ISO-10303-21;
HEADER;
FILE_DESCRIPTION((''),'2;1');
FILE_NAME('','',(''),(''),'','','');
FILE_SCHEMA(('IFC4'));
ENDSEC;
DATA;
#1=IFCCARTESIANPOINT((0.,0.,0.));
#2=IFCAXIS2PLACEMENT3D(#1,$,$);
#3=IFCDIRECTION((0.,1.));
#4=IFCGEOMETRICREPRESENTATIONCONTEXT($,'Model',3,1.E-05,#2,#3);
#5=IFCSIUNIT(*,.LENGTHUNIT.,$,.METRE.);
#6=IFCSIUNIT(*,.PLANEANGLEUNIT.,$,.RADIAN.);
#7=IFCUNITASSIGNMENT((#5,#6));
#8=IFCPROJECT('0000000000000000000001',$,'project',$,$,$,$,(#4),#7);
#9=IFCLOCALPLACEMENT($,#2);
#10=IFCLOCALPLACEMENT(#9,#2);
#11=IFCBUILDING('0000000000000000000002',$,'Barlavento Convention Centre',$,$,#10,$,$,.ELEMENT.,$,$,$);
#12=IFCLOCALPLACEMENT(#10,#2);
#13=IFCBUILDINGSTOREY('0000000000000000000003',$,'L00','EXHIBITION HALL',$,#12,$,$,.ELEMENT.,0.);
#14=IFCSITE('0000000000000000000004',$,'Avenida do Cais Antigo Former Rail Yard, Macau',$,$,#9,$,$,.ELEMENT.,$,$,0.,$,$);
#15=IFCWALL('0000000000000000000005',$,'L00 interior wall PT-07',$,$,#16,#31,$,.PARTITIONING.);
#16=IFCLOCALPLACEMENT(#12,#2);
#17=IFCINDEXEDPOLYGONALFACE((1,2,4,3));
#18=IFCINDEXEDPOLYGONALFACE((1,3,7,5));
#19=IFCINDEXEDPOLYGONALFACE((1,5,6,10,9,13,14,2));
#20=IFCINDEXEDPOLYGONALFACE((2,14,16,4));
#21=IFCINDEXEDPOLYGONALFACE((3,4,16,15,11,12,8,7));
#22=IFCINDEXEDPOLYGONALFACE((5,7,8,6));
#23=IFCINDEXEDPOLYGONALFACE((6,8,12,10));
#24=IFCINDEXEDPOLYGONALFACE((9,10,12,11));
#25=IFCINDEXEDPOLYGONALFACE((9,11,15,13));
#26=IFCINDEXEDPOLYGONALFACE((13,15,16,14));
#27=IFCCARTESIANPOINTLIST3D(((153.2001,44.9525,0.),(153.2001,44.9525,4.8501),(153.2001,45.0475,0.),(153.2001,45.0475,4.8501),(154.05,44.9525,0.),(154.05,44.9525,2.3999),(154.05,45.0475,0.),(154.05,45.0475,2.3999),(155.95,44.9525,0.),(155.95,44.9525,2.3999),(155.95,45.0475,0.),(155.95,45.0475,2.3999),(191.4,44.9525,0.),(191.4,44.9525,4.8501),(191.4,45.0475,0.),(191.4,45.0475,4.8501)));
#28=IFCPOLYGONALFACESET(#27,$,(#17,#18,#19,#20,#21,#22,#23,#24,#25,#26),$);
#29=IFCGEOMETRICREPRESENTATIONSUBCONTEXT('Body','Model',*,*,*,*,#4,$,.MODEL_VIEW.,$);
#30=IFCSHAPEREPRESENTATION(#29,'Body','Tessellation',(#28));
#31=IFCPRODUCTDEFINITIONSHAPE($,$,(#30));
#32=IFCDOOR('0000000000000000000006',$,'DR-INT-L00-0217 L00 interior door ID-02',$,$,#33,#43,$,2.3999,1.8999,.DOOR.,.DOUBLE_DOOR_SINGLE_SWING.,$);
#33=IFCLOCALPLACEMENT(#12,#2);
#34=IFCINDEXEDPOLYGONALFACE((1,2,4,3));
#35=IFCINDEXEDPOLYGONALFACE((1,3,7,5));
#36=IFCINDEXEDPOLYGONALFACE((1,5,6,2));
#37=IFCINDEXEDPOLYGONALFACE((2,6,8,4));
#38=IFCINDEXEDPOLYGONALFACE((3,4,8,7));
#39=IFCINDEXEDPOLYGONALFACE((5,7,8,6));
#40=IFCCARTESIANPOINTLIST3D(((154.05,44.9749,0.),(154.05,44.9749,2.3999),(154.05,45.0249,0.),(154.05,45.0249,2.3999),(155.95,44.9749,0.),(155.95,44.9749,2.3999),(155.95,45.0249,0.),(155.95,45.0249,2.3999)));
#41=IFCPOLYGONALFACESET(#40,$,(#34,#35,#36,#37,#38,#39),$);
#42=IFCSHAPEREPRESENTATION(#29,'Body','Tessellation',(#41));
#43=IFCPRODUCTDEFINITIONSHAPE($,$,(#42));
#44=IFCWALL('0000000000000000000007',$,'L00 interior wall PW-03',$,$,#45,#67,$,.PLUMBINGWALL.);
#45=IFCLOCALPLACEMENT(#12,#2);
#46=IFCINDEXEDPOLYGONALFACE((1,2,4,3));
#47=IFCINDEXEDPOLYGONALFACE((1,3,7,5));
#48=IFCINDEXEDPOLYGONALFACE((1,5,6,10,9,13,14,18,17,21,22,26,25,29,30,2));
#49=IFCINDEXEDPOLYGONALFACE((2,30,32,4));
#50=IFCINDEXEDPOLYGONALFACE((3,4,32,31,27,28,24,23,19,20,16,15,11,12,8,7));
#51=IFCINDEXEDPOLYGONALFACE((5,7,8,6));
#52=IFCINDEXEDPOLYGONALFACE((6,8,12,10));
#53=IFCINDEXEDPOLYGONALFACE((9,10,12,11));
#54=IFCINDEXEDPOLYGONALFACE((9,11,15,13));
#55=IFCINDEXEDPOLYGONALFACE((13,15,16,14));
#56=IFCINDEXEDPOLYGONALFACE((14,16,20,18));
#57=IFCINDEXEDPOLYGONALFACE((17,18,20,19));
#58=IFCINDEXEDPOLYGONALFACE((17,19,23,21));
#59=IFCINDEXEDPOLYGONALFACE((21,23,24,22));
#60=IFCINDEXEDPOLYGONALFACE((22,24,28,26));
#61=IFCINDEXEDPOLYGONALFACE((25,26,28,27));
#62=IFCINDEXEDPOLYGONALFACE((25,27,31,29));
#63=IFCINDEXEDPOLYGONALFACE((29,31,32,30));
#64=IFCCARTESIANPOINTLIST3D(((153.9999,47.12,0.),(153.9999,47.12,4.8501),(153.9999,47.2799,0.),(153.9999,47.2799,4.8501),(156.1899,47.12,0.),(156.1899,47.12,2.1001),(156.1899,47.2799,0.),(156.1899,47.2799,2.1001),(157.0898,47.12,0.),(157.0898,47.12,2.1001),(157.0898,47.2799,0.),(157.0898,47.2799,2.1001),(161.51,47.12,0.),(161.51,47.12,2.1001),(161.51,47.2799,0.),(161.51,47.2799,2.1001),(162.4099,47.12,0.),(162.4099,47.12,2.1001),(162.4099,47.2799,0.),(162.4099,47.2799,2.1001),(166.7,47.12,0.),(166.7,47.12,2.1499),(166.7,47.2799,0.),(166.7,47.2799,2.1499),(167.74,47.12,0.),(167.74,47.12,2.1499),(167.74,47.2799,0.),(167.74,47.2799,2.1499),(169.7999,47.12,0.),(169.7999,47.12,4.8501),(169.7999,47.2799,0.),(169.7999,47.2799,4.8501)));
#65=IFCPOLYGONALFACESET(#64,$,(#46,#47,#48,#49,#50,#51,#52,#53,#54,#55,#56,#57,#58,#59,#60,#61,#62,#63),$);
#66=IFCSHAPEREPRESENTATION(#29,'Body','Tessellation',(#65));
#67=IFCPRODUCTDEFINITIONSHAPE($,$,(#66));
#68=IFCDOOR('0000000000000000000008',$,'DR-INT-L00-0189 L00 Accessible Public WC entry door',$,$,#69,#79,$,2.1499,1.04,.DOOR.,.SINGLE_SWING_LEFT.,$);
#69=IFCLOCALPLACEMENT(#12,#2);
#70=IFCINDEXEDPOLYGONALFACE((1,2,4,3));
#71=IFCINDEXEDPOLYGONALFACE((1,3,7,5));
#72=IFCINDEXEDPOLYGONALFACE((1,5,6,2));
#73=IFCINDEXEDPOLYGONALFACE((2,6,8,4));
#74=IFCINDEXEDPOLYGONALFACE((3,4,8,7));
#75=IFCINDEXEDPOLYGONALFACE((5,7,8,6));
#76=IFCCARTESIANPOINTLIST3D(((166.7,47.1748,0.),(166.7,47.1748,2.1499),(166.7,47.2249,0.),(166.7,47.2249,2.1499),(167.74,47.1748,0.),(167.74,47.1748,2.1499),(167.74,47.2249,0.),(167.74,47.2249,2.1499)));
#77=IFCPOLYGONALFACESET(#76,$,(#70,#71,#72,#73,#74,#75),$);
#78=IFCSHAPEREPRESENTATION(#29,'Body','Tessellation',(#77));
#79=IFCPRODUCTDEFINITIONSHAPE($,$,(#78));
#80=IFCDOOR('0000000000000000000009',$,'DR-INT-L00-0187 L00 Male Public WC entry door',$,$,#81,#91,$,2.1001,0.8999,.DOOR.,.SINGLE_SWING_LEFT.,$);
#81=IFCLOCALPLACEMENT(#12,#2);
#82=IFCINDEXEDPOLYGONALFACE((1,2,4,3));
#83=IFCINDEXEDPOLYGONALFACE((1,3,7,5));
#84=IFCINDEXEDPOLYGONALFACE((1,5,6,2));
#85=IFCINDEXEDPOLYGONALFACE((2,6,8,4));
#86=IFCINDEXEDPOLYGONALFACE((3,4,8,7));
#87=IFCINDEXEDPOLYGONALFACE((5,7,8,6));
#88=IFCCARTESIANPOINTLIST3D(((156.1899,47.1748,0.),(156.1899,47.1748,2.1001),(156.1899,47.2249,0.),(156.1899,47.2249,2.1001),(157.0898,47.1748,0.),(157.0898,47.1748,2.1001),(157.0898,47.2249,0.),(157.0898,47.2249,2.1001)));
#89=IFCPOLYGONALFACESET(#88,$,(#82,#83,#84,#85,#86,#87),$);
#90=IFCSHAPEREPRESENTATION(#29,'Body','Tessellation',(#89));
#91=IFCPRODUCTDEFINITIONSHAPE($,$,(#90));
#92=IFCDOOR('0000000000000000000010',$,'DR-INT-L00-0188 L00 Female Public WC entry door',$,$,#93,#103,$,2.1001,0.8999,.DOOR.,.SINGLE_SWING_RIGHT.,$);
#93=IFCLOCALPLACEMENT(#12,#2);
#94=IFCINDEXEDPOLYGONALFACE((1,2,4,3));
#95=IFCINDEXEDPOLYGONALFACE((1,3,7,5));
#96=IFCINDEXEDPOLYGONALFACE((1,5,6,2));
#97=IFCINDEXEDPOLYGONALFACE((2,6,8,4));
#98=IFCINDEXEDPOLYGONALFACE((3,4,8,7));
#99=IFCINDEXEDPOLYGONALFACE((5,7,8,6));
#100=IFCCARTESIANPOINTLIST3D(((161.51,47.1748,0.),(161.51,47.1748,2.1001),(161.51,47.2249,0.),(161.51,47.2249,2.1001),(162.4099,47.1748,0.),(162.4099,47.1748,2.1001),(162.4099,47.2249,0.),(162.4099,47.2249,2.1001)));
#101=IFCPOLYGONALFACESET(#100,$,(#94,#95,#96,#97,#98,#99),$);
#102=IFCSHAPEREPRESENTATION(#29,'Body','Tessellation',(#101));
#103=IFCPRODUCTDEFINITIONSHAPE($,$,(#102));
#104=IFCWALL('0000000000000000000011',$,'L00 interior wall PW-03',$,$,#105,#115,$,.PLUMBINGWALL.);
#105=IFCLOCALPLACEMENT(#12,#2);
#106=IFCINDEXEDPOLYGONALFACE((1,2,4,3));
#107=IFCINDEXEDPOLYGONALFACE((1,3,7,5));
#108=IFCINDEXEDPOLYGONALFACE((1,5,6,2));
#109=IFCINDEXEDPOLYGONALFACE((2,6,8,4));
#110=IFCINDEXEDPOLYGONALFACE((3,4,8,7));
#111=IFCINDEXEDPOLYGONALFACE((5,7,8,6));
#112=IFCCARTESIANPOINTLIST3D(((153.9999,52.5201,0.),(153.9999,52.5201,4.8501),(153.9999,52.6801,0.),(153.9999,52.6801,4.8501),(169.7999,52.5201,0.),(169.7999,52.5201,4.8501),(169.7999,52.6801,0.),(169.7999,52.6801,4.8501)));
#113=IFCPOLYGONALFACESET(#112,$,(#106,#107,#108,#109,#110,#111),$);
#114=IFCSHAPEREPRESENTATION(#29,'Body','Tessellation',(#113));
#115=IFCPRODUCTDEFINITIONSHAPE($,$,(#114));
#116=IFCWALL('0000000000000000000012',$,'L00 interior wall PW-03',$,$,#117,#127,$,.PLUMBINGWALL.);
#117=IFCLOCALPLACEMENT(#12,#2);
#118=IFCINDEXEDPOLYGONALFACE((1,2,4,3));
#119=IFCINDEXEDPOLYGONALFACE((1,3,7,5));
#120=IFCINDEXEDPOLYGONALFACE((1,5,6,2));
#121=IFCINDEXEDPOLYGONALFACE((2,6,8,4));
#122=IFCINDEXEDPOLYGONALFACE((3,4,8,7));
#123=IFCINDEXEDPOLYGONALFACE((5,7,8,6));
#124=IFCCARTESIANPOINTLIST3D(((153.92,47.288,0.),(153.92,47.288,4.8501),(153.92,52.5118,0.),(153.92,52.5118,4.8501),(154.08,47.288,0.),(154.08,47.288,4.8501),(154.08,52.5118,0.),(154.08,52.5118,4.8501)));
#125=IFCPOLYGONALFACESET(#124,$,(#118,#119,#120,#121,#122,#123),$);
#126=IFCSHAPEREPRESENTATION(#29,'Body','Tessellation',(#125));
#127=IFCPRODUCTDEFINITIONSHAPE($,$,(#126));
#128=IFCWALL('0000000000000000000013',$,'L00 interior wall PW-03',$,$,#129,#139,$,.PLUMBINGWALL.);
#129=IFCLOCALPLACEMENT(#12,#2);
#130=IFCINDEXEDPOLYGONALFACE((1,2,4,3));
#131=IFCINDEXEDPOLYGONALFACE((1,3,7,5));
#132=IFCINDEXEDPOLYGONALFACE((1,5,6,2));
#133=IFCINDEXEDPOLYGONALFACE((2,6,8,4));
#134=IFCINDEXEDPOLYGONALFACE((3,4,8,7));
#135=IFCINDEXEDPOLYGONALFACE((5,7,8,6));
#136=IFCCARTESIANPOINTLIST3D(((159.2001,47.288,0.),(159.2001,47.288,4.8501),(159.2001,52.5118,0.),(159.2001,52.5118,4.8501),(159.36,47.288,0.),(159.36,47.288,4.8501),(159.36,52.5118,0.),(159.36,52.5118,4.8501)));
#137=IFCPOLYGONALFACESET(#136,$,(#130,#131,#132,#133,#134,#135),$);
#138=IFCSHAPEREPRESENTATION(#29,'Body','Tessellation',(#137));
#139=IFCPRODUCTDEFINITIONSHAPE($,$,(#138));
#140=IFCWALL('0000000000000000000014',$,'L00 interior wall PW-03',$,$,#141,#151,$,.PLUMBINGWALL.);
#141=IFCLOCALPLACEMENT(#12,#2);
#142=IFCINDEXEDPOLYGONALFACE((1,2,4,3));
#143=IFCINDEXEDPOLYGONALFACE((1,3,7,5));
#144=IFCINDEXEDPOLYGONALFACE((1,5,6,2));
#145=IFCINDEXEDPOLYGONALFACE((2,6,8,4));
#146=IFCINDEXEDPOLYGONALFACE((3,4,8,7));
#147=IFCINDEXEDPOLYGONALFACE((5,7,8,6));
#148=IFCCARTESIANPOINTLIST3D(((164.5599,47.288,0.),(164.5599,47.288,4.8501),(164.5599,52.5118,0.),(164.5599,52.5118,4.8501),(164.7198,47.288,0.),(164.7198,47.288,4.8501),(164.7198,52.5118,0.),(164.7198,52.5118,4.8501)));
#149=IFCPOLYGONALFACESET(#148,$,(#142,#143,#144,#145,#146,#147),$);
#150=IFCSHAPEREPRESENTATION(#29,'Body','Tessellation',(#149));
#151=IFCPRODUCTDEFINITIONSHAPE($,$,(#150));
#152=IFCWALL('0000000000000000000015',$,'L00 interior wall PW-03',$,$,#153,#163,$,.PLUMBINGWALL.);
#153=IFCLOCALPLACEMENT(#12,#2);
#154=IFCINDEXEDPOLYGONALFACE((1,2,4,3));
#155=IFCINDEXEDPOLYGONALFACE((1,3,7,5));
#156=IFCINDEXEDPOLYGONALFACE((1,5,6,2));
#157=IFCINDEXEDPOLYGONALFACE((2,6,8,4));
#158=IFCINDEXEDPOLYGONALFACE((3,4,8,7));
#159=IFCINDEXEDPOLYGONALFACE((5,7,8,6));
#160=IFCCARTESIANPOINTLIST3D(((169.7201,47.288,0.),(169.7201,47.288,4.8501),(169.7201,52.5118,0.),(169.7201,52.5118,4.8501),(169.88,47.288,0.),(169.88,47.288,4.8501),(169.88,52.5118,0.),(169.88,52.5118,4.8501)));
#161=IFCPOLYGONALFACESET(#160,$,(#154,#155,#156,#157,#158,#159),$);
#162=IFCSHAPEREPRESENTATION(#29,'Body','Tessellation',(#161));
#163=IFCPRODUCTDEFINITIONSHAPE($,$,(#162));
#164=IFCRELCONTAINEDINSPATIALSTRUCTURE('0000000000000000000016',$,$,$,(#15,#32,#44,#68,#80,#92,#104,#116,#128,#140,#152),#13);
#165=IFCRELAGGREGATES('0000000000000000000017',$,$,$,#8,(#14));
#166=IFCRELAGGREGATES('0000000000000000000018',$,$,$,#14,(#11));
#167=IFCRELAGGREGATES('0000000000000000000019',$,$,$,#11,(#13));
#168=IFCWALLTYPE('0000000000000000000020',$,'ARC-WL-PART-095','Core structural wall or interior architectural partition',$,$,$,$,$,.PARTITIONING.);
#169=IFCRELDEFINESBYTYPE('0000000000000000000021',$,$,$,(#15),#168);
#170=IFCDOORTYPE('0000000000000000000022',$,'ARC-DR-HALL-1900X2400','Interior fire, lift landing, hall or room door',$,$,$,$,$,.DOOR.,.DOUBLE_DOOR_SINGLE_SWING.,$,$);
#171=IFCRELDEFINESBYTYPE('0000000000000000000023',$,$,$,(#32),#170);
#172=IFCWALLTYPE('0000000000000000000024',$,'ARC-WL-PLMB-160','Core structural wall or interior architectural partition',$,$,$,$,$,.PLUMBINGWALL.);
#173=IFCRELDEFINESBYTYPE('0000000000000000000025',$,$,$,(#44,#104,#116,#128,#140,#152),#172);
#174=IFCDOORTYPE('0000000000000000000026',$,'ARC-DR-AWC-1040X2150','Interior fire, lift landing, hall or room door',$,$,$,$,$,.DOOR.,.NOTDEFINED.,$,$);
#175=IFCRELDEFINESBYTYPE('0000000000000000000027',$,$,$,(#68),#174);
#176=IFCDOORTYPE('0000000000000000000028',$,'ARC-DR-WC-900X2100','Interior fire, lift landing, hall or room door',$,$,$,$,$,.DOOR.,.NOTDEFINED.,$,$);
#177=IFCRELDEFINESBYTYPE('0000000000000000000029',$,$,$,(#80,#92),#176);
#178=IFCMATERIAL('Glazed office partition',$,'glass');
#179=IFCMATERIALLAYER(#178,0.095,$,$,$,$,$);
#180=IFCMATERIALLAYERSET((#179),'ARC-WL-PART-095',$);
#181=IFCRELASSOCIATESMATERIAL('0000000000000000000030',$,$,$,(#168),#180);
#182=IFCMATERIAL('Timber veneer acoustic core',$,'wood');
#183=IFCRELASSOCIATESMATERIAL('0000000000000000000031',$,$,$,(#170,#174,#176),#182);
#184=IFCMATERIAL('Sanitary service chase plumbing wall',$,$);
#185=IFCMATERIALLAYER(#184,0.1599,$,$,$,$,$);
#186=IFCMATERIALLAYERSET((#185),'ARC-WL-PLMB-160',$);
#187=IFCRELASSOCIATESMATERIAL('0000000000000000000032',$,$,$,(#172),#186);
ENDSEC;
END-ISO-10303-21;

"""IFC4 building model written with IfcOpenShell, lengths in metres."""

from ifc_helpers import new_model, si_unit, direction, frame, frame_2d, origin, place, context, subcontext, project, spatial, rectangle, extrude, material, layer, layer_set, type_object, element, fill, save


model = new_model("IFC4")

# Units and contexts
model_context = context("Model", 3, precision=1e-05, world=origin(), true_north=direction((0.0, 1.0)))
body_context = subcontext(model_context, "Body", "Model", "MODEL_VIEW")
ifc_project = project(units=[si_unit("LENGTHUNIT", "METRE"), si_unit("PLANEANGLEUNIT", "RADIAN")], contexts=[model_context])

# Site, building, storey
site_placement = place(None, origin())
site = spatial("IfcSite", under=ifc_project, at=site_placement, Name="Avenida do Cais Antigo Former Rail Yard, Macau", CompositionType="ELEMENT", RefElevation=0.0)
building_placement = place(site_placement, origin())
building = spatial("IfcBuilding", under=site, at=building_placement, Name="Barlavento Convention Centre", CompositionType="ELEMENT")
storey_placement = place(building_placement, origin())
storey = spatial("IfcBuildingStorey", under=building, at=storey_placement, Name="L00", Description="EXHIBITION HALL", CompositionType="ELEMENT", Elevation=0.0)

# Wall, opening, door
ifc_material_1 = material(Name="Glazed office partition", Category="glass")
ifc_layer_1 = layer(ifc_material_1, 0.095)
ifc_layer_set_1 = layer_set([ifc_layer_1], Name="ARC-WL-PART-095")
wall_type_1 = type_object("IfcWallType", Name="ARC-WL-PART-095", Description="Core structural wall or interior architectural partition", PredefinedType="PARTITIONING", material=ifc_layer_set_1)
wall_1_placement = place(storey_placement, frame((153.2, 45.0, 0.0), z_axis=(0.0, 0.0, 1.0), x_axis=(1.0, 0.0, 0.0)))
wall_1 = element("IfcWall", 1, at=wall_1_placement, inside=storey, type_object=wall_type_1, Name="L00 interior wall PT-07", PredefinedType="PARTITIONING", context=body_context, shape_type="SweptSolid", body=[
    extrude(rectangle(XDim=38.2, YDim=0.095, at=frame_2d((19.1001, 0.0))), origin(), (0.0, 0.0, 1.0), 4.8501),
])
opening_1_placement = place(wall_1_placement, frame((0.8501, 0.0, 0.0)))
opening_1 = element("IfcOpeningElement", 2, at=opening_1_placement, cuts=wall_1, PredefinedType="OPENING", context=body_context, shape_type="SweptSolid", body=[
    extrude(rectangle(XDim=1.8999, YDim=2.3999, at=frame_2d((0.95, 1.2))), frame((0.0, 0.0574, 0.0), z_axis=(0.0, -1.0, 0.0), x_axis=(1.0, 0.0, 0.0)), (0.0, 0.0, 1.0), 0.115),
])
ifc_material_2 = material(Name="Timber veneer acoustic core", Category="wood")
door_type_1 = type_object("IfcDoorType", Name="ARC-DR-HALL-1900X2400", Description="Interior fire, lift landing, hall or room door", OperationType="DOUBLE_DOOR_SINGLE_SWING", PredefinedType="DOOR", material=ifc_material_2)
door_1_placement = place(opening_1_placement, origin())
door_1 = element("IfcDoor", 3, at=door_1_placement, inside=storey, type_object=door_type_1, Name="DR-INT-L00-0217 L00 interior door ID-02", OperationType="DOUBLE_DOOR_SINGLE_SWING", OverallHeight=2.3999, OverallWidth=1.8999, PredefinedType="DOOR", context=body_context, shape_type="SweptSolid", body=[
    extrude(rectangle(XDim=1.8999, YDim=2.3999, at=frame_2d((0.95, 1.2))), frame((0.0, 0.0249, 0.0), z_axis=(0.0, -1.0, 0.0), x_axis=(1.0, 0.0, 0.0)), (0.0, 0.0, 1.0), 0.05),
])
fill(opening_1, door_1)

# Wall, openings, doors
ifc_material_3 = material(Name="Sanitary service chase plumbing wall")
ifc_layer_2 = layer(ifc_material_3, 0.1599)
ifc_layer_set_2 = layer_set([ifc_layer_2], Name="ARC-WL-PLMB-160")
wall_type_2 = type_object("IfcWallType", Name="ARC-WL-PLMB-160", Description="Core structural wall or interior architectural partition", PredefinedType="PLUMBINGWALL", material=ifc_layer_set_2)
wall_2_placement = place(storey_placement, frame((154.0, 47.2, 0.0), z_axis=(0.0, 0.0, 1.0), x_axis=(1.0, 0.0, 0.0)))
wall_2 = element("IfcWall", 4, at=wall_2_placement, inside=storey, type_object=wall_type_2, Name="L00 interior wall PW-03", PredefinedType="PLUMBINGWALL", context=body_context, shape_type="SweptSolid", body=[
    extrude(rectangle(XDim=15.8, YDim=0.1599, at=frame_2d((7.8999, 0.0))), origin(), (0.0, 0.0, 1.0), 4.8501),
])
opening_2_placement = place(wall_2_placement, frame((2.1899, 0.0, 0.0)))
opening_2 = element("IfcOpeningElement", 5, at=opening_2_placement, cuts=wall_2, PredefinedType="OPENING", context=body_context, shape_type="SweptSolid", body=[
    extrude(rectangle(XDim=0.8999, YDim=2.1001, at=frame_2d((0.45, 1.05))), frame((0.0, 0.0898, 0.0), z_axis=(0.0, -1.0, 0.0), x_axis=(1.0, 0.0, 0.0)), (0.0, 0.0, 1.0), 0.1799),
])
opening_3_placement = place(wall_2_placement, frame((7.51, 0.0, 0.0)))
opening_3 = element("IfcOpeningElement", 6, at=opening_3_placement, cuts=wall_2, PredefinedType="OPENING", context=body_context, shape_type="SweptSolid", body=[
    extrude(rectangle(XDim=0.8999, YDim=2.1001, at=frame_2d((0.45, 1.05))), frame((0.0, 0.0898, 0.0), z_axis=(0.0, -1.0, 0.0), x_axis=(1.0, 0.0, 0.0)), (0.0, 0.0, 1.0), 0.1799),
])
opening_4_placement = place(wall_2_placement, frame((12.7, 0.0, 0.0)))
opening_4 = element("IfcOpeningElement", 7, at=opening_4_placement, cuts=wall_2, PredefinedType="OPENING", context=body_context, shape_type="SweptSolid", body=[
    extrude(rectangle(XDim=1.04, YDim=2.1499, at=frame_2d((0.52, 1.075))), frame((0.0, 0.0898, 0.0), z_axis=(0.0, -1.0, 0.0), x_axis=(1.0, 0.0, 0.0)), (0.0, 0.0, 1.0), 0.1799),
])
door_type_2 = type_object("IfcDoorType", Name="ARC-DR-AWC-1040X2150", Description="Interior fire, lift landing, hall or room door", OperationType="NOTDEFINED", PredefinedType="DOOR", material=ifc_material_2)
door_2_placement = place(opening_4_placement, origin())
door_2 = element("IfcDoor", 8, at=door_2_placement, inside=storey, type_object=door_type_2, Name="DR-INT-L00-0189 L00 Accessible Public WC entry door", OperationType="SINGLE_SWING_LEFT", OverallHeight=2.1499, OverallWidth=1.04, PredefinedType="DOOR", context=body_context, shape_type="SweptSolid", body=[
    extrude(rectangle(XDim=1.04, YDim=2.1499, at=frame_2d((0.52, 1.075))), frame((0.0, 0.0249, 0.0), z_axis=(0.0, -1.0, 0.0), x_axis=(1.0, 0.0, 0.0)), (0.0, 0.0, 1.0), 0.05),
])
fill(opening_4, door_2)
door_type_3 = type_object("IfcDoorType", Name="ARC-DR-WC-900X2100", Description="Interior fire, lift landing, hall or room door", OperationType="NOTDEFINED", PredefinedType="DOOR", material=ifc_material_2)
door_3_placement = place(opening_2_placement, origin())
door_3 = element("IfcDoor", 9, at=door_3_placement, inside=storey, type_object=door_type_3, Name="DR-INT-L00-0187 L00 Male Public WC entry door", OperationType="SINGLE_SWING_LEFT", OverallHeight=2.1001, OverallWidth=0.8999, PredefinedType="DOOR", context=body_context, shape_type="SweptSolid", body=[
    extrude(rectangle(XDim=0.8999, YDim=2.1001, at=frame_2d((0.45, 1.05))), frame((0.0, 0.0249, 0.0), z_axis=(0.0, -1.0, 0.0), x_axis=(1.0, 0.0, 0.0)), (0.0, 0.0, 1.0), 0.05),
])
fill(opening_2, door_3)
door_4_placement = place(opening_3_placement, origin())
door_4 = element("IfcDoor", 10, at=door_4_placement, inside=storey, type_object=door_type_3, Name="DR-INT-L00-0188 L00 Female Public WC entry door", OperationType="SINGLE_SWING_RIGHT", OverallHeight=2.1001, OverallWidth=0.8999, PredefinedType="DOOR", context=body_context, shape_type="SweptSolid", body=[
    extrude(rectangle(XDim=0.8999, YDim=2.1001, at=frame_2d((0.45, 1.05))), frame((0.0, 0.0249, 0.0), z_axis=(0.0, -1.0, 0.0), x_axis=(1.0, 0.0, 0.0)), (0.0, 0.0, 1.0), 0.05),
])
fill(opening_3, door_4)

# Walls
wall_3_placement = place(storey_placement, frame((154.0, 52.6001, 0.0), z_axis=(0.0, 0.0, 1.0), x_axis=(1.0, 0.0, 0.0)))
element("IfcWall", 11, at=wall_3_placement, inside=storey, type_object=wall_type_2, Name="L00 interior wall PW-03", PredefinedType="PLUMBINGWALL", context=body_context, shape_type="SweptSolid", body=[
    extrude(rectangle(XDim=15.8, YDim=0.1599, at=frame_2d((7.8999, 0.0))), origin(), (0.0, 0.0, 1.0), 4.8501),
])
for number, where, z_axis, x_axis, name in (
    (12, (154.0, 47.2881, 0.0), (0.0, 0.0, 1.0), (0.0, 1.0, 0.0), "L00 interior wall PW-03"),
    (13, (159.28, 47.2881, 0.0), (0.0, 0.0, 1.0), (0.0, 1.0, 0.0), "L00 interior wall PW-03"),
    (14, (164.6399, 47.2881, 0.0), (0.0, 0.0, 1.0), (0.0, 1.0, 0.0), "L00 interior wall PW-03"),
    (15, (169.8, 47.2881, 0.0), (0.0, 0.0, 1.0), (0.0, 1.0, 0.0), "L00 interior wall PW-03"),
):
    element("IfcWall", number, at=place(storey_placement, frame(where, z_axis=z_axis, x_axis=x_axis)), inside=storey, type_object=wall_type_2, Name=name, PredefinedType="PLUMBINGWALL", context=body_context, shape_type="SweptSolid", body=[
        extrude(rectangle(XDim=5.2239, YDim=0.1599, at=frame_2d((2.6118, 0.0))), origin(), (0.0, 0.0, 1.0), 4.8501),
    ])

save(model, "model.ifc")
